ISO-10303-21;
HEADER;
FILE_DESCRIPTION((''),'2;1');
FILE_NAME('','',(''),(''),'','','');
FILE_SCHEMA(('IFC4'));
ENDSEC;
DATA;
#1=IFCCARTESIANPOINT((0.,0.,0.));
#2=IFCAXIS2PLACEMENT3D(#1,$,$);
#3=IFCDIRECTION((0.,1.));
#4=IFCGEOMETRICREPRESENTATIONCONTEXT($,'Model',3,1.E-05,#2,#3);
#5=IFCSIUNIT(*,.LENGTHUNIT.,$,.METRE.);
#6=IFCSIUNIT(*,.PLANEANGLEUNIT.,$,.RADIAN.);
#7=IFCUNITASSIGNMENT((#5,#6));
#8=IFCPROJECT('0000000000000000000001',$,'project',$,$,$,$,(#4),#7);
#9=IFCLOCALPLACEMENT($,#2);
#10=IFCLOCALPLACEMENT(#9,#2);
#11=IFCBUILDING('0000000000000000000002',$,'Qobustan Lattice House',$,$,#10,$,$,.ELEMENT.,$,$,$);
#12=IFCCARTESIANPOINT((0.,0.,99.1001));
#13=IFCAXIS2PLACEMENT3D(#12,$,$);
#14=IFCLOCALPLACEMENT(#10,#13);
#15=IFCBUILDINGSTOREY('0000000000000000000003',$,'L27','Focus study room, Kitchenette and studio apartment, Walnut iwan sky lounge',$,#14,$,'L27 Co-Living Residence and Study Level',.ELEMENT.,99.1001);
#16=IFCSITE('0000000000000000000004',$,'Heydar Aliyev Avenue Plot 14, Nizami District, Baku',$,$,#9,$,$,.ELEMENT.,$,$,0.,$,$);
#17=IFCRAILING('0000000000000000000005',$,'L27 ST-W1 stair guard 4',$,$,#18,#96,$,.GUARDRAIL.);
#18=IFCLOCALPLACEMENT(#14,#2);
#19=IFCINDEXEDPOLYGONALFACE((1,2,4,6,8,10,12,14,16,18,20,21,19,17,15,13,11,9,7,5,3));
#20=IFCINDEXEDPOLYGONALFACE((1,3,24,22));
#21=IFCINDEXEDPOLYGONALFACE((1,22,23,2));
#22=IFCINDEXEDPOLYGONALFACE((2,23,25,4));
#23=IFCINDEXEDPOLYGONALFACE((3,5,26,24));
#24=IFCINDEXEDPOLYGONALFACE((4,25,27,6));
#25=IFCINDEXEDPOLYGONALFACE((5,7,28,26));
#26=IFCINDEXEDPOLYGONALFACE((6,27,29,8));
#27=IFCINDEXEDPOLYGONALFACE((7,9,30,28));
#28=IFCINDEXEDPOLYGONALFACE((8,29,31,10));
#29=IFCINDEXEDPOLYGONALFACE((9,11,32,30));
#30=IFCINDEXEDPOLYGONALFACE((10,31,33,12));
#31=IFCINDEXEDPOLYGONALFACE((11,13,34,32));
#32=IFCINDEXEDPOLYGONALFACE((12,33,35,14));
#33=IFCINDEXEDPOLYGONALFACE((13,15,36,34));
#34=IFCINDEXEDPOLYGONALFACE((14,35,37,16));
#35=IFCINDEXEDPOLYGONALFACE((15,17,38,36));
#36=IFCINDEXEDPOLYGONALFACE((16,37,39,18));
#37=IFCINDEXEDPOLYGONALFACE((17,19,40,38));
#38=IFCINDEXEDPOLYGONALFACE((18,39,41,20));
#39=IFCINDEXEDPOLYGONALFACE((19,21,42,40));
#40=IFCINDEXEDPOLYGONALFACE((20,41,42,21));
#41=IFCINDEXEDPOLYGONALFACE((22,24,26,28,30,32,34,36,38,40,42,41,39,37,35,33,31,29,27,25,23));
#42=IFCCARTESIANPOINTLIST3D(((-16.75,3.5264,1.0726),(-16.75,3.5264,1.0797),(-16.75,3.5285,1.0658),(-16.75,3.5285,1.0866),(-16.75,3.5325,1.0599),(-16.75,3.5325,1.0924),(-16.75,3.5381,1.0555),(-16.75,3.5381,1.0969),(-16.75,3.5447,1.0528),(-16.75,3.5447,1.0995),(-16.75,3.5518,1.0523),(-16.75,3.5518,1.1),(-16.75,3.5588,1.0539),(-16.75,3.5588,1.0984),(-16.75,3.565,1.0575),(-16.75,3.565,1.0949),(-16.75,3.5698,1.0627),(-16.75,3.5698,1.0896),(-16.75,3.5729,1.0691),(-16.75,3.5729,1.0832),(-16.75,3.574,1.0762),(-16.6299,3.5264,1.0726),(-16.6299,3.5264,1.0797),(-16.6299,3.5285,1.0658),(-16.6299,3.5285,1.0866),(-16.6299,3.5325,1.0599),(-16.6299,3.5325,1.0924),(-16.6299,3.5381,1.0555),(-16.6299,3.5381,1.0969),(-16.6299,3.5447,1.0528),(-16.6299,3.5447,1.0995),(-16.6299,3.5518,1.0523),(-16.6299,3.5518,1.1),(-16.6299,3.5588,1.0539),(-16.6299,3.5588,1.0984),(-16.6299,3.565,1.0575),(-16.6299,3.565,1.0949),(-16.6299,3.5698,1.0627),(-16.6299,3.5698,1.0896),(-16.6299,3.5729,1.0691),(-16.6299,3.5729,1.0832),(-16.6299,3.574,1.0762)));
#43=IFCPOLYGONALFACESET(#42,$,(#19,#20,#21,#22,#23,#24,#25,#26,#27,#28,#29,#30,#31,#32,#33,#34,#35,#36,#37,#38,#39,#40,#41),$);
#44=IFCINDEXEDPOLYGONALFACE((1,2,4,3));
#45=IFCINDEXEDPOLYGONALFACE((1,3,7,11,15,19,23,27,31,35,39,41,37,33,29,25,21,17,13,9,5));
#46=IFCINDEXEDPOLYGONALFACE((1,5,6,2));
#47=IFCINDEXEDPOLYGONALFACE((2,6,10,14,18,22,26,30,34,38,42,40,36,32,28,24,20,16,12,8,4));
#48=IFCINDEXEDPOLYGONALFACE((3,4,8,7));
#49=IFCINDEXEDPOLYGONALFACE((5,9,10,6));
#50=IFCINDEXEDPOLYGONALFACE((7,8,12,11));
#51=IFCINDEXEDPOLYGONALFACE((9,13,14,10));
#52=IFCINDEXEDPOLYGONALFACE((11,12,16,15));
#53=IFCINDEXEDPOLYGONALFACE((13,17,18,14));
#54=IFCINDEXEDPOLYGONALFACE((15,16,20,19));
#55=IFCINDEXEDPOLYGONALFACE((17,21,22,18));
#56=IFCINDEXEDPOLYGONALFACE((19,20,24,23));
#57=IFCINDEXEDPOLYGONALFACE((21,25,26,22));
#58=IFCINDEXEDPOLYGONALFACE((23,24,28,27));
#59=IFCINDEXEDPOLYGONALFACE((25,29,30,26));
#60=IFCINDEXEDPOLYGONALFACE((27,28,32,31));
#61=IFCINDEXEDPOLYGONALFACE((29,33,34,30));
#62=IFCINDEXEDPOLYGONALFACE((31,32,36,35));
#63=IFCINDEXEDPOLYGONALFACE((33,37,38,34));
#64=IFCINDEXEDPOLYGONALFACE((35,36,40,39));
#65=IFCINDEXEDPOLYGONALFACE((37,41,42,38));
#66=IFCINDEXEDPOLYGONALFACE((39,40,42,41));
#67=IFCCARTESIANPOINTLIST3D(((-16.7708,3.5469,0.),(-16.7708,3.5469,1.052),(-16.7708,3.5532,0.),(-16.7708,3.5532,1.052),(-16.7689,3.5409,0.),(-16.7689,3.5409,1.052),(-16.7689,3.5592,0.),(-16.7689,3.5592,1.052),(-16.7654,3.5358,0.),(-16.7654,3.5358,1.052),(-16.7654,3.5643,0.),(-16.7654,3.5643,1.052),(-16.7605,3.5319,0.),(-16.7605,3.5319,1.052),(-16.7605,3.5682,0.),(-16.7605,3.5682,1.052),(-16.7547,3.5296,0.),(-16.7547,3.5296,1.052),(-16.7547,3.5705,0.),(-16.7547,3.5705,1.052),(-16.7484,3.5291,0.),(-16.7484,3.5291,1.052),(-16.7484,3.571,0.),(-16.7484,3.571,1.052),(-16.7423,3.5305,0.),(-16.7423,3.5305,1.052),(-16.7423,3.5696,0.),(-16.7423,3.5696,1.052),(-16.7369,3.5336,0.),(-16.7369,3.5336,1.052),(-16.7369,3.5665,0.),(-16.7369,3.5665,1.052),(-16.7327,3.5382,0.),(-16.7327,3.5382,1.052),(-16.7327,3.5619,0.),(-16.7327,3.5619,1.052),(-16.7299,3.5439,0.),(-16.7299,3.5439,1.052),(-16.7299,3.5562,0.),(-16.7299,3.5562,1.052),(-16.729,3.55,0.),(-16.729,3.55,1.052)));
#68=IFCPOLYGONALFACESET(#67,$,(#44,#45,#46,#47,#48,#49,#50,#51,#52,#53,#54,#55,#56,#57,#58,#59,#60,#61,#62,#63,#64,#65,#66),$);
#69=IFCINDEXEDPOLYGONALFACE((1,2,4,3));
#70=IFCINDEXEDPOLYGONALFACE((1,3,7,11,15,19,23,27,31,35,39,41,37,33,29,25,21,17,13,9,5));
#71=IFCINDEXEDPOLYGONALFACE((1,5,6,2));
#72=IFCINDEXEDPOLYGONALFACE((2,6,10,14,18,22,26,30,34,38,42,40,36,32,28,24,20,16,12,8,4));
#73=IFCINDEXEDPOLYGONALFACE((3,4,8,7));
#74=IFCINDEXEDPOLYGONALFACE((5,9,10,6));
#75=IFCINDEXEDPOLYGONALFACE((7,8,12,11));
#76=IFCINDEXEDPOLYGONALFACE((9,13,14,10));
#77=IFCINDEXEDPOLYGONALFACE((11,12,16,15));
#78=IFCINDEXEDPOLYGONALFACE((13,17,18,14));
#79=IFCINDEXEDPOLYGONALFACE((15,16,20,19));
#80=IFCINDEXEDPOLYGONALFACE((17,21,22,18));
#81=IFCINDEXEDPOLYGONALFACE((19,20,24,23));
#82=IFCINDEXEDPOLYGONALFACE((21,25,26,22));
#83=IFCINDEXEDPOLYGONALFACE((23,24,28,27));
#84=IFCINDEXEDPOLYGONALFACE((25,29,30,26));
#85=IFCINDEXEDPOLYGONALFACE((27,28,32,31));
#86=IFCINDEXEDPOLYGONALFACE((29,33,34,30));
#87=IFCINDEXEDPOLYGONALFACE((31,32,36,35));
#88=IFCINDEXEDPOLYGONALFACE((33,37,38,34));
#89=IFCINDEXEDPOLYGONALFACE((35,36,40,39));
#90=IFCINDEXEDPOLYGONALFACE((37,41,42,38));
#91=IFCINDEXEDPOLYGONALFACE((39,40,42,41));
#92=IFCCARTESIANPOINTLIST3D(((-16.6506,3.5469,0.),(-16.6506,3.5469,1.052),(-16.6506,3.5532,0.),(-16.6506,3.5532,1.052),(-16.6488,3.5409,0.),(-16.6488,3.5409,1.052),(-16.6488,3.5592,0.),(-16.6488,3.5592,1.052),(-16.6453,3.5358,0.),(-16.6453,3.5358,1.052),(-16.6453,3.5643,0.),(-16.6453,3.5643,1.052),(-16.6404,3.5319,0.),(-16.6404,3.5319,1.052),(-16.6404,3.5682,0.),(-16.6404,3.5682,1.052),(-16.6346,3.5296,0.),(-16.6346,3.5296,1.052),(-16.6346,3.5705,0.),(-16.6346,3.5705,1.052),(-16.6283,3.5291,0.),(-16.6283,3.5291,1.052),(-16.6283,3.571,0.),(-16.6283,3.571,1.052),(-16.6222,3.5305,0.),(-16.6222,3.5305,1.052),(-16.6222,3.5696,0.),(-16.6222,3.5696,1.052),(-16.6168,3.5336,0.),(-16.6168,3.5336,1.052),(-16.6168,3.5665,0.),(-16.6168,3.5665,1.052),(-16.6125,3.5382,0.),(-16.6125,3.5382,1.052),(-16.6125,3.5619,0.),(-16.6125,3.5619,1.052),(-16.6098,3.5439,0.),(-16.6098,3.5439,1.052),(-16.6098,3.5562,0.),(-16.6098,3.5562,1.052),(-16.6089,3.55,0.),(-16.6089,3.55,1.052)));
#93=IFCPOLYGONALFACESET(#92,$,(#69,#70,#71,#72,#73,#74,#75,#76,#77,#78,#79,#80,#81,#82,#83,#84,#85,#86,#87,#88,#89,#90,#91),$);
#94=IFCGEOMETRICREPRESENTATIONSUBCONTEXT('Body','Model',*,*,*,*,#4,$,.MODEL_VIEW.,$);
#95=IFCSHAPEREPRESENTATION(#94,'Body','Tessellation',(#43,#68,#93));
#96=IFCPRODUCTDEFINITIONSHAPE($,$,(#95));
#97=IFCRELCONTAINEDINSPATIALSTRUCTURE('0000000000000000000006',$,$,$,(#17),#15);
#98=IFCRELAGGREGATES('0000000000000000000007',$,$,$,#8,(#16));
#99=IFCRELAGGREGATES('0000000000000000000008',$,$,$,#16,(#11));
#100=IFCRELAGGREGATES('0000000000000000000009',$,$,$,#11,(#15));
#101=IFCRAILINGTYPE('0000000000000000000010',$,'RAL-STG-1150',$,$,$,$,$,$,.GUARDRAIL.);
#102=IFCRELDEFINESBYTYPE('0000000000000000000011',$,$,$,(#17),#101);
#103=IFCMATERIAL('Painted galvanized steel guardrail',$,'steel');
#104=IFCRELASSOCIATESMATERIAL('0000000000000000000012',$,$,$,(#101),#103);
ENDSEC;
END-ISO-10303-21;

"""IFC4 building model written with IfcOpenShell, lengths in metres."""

from ifc_helpers import new_model, si_unit, direction, frame, origin, origin_2d, place, context, subcontext, project, spatial, circle, extrude, material, type_object, element, save


model = new_model("IFC4")

# Units and contexts
model_context = context("Model", 3, precision=1e-05, world=origin(), true_north=direction((0.0, 1.0)))
body_context = subcontext(model_context, "Body", "Model", "MODEL_VIEW")
ifc_project = project(units=[si_unit("LENGTHUNIT", "METRE"), si_unit("PLANEANGLEUNIT", "RADIAN")], contexts=[model_context])

# Site, building, storey
site_placement = place(None, origin())
site = spatial("IfcSite", under=ifc_project, at=site_placement, Name="Heydar Aliyev Avenue Plot 14, Nizami District, Baku", CompositionType="ELEMENT", RefElevation=0.0)
building_placement = place(site_placement, origin())
building = spatial("IfcBuilding", under=site, at=building_placement, Name="Qobustan Lattice House", CompositionType="ELEMENT")
storey_placement = place(building_placement, frame((0.0, 0.0, 99.1001)))
storey = spatial("IfcBuildingStorey", under=building, at=storey_placement, Name="L27", Description="Focus study room, Kitchenette and studio apartment, Walnut iwan sky lounge", LongName="L27 Co-Living Residence and Study Level", CompositionType="ELEMENT", Elevation=99.1001)

# Railing
ifc_material_1 = material(Name="Painted galvanized steel guardrail", Category="steel")
railing_type_1 = type_object("IfcRailingType", Name="RAL-STG-1150", PredefinedType="GUARDRAIL", material=ifc_material_1)
railing_1_placement = place(storey_placement, frame((-16.75, 3.55, 0.0)))
element("IfcRailing", 1, at=railing_1_placement, inside=storey, type_object=railing_type_1, Name="L27 ST-W1 stair guard 4", PredefinedType="GUARDRAIL", context=body_context, shape_type="SweptSolid", body=[
    extrude(circle(Radius=0.0239, at=origin_2d()), frame((0.0, 0.0, 1.0762), z_axis=(1.0, 0.0, 0.0), x_axis=(0.0, 1.0, 0.0)), (0.0, 0.0, 1.0), 0.1201),
    extrude(circle(Radius=0.021, at=origin_2d()), origin(), (0.0, 0.0, 1.0), 1.052),
    extrude(circle(Radius=0.021, at=origin_2d()), frame((0.1201, 0.0, 0.0)), (0.0, 0.0, 1.0), 1.052),
])

save(model, "model.ifc")
